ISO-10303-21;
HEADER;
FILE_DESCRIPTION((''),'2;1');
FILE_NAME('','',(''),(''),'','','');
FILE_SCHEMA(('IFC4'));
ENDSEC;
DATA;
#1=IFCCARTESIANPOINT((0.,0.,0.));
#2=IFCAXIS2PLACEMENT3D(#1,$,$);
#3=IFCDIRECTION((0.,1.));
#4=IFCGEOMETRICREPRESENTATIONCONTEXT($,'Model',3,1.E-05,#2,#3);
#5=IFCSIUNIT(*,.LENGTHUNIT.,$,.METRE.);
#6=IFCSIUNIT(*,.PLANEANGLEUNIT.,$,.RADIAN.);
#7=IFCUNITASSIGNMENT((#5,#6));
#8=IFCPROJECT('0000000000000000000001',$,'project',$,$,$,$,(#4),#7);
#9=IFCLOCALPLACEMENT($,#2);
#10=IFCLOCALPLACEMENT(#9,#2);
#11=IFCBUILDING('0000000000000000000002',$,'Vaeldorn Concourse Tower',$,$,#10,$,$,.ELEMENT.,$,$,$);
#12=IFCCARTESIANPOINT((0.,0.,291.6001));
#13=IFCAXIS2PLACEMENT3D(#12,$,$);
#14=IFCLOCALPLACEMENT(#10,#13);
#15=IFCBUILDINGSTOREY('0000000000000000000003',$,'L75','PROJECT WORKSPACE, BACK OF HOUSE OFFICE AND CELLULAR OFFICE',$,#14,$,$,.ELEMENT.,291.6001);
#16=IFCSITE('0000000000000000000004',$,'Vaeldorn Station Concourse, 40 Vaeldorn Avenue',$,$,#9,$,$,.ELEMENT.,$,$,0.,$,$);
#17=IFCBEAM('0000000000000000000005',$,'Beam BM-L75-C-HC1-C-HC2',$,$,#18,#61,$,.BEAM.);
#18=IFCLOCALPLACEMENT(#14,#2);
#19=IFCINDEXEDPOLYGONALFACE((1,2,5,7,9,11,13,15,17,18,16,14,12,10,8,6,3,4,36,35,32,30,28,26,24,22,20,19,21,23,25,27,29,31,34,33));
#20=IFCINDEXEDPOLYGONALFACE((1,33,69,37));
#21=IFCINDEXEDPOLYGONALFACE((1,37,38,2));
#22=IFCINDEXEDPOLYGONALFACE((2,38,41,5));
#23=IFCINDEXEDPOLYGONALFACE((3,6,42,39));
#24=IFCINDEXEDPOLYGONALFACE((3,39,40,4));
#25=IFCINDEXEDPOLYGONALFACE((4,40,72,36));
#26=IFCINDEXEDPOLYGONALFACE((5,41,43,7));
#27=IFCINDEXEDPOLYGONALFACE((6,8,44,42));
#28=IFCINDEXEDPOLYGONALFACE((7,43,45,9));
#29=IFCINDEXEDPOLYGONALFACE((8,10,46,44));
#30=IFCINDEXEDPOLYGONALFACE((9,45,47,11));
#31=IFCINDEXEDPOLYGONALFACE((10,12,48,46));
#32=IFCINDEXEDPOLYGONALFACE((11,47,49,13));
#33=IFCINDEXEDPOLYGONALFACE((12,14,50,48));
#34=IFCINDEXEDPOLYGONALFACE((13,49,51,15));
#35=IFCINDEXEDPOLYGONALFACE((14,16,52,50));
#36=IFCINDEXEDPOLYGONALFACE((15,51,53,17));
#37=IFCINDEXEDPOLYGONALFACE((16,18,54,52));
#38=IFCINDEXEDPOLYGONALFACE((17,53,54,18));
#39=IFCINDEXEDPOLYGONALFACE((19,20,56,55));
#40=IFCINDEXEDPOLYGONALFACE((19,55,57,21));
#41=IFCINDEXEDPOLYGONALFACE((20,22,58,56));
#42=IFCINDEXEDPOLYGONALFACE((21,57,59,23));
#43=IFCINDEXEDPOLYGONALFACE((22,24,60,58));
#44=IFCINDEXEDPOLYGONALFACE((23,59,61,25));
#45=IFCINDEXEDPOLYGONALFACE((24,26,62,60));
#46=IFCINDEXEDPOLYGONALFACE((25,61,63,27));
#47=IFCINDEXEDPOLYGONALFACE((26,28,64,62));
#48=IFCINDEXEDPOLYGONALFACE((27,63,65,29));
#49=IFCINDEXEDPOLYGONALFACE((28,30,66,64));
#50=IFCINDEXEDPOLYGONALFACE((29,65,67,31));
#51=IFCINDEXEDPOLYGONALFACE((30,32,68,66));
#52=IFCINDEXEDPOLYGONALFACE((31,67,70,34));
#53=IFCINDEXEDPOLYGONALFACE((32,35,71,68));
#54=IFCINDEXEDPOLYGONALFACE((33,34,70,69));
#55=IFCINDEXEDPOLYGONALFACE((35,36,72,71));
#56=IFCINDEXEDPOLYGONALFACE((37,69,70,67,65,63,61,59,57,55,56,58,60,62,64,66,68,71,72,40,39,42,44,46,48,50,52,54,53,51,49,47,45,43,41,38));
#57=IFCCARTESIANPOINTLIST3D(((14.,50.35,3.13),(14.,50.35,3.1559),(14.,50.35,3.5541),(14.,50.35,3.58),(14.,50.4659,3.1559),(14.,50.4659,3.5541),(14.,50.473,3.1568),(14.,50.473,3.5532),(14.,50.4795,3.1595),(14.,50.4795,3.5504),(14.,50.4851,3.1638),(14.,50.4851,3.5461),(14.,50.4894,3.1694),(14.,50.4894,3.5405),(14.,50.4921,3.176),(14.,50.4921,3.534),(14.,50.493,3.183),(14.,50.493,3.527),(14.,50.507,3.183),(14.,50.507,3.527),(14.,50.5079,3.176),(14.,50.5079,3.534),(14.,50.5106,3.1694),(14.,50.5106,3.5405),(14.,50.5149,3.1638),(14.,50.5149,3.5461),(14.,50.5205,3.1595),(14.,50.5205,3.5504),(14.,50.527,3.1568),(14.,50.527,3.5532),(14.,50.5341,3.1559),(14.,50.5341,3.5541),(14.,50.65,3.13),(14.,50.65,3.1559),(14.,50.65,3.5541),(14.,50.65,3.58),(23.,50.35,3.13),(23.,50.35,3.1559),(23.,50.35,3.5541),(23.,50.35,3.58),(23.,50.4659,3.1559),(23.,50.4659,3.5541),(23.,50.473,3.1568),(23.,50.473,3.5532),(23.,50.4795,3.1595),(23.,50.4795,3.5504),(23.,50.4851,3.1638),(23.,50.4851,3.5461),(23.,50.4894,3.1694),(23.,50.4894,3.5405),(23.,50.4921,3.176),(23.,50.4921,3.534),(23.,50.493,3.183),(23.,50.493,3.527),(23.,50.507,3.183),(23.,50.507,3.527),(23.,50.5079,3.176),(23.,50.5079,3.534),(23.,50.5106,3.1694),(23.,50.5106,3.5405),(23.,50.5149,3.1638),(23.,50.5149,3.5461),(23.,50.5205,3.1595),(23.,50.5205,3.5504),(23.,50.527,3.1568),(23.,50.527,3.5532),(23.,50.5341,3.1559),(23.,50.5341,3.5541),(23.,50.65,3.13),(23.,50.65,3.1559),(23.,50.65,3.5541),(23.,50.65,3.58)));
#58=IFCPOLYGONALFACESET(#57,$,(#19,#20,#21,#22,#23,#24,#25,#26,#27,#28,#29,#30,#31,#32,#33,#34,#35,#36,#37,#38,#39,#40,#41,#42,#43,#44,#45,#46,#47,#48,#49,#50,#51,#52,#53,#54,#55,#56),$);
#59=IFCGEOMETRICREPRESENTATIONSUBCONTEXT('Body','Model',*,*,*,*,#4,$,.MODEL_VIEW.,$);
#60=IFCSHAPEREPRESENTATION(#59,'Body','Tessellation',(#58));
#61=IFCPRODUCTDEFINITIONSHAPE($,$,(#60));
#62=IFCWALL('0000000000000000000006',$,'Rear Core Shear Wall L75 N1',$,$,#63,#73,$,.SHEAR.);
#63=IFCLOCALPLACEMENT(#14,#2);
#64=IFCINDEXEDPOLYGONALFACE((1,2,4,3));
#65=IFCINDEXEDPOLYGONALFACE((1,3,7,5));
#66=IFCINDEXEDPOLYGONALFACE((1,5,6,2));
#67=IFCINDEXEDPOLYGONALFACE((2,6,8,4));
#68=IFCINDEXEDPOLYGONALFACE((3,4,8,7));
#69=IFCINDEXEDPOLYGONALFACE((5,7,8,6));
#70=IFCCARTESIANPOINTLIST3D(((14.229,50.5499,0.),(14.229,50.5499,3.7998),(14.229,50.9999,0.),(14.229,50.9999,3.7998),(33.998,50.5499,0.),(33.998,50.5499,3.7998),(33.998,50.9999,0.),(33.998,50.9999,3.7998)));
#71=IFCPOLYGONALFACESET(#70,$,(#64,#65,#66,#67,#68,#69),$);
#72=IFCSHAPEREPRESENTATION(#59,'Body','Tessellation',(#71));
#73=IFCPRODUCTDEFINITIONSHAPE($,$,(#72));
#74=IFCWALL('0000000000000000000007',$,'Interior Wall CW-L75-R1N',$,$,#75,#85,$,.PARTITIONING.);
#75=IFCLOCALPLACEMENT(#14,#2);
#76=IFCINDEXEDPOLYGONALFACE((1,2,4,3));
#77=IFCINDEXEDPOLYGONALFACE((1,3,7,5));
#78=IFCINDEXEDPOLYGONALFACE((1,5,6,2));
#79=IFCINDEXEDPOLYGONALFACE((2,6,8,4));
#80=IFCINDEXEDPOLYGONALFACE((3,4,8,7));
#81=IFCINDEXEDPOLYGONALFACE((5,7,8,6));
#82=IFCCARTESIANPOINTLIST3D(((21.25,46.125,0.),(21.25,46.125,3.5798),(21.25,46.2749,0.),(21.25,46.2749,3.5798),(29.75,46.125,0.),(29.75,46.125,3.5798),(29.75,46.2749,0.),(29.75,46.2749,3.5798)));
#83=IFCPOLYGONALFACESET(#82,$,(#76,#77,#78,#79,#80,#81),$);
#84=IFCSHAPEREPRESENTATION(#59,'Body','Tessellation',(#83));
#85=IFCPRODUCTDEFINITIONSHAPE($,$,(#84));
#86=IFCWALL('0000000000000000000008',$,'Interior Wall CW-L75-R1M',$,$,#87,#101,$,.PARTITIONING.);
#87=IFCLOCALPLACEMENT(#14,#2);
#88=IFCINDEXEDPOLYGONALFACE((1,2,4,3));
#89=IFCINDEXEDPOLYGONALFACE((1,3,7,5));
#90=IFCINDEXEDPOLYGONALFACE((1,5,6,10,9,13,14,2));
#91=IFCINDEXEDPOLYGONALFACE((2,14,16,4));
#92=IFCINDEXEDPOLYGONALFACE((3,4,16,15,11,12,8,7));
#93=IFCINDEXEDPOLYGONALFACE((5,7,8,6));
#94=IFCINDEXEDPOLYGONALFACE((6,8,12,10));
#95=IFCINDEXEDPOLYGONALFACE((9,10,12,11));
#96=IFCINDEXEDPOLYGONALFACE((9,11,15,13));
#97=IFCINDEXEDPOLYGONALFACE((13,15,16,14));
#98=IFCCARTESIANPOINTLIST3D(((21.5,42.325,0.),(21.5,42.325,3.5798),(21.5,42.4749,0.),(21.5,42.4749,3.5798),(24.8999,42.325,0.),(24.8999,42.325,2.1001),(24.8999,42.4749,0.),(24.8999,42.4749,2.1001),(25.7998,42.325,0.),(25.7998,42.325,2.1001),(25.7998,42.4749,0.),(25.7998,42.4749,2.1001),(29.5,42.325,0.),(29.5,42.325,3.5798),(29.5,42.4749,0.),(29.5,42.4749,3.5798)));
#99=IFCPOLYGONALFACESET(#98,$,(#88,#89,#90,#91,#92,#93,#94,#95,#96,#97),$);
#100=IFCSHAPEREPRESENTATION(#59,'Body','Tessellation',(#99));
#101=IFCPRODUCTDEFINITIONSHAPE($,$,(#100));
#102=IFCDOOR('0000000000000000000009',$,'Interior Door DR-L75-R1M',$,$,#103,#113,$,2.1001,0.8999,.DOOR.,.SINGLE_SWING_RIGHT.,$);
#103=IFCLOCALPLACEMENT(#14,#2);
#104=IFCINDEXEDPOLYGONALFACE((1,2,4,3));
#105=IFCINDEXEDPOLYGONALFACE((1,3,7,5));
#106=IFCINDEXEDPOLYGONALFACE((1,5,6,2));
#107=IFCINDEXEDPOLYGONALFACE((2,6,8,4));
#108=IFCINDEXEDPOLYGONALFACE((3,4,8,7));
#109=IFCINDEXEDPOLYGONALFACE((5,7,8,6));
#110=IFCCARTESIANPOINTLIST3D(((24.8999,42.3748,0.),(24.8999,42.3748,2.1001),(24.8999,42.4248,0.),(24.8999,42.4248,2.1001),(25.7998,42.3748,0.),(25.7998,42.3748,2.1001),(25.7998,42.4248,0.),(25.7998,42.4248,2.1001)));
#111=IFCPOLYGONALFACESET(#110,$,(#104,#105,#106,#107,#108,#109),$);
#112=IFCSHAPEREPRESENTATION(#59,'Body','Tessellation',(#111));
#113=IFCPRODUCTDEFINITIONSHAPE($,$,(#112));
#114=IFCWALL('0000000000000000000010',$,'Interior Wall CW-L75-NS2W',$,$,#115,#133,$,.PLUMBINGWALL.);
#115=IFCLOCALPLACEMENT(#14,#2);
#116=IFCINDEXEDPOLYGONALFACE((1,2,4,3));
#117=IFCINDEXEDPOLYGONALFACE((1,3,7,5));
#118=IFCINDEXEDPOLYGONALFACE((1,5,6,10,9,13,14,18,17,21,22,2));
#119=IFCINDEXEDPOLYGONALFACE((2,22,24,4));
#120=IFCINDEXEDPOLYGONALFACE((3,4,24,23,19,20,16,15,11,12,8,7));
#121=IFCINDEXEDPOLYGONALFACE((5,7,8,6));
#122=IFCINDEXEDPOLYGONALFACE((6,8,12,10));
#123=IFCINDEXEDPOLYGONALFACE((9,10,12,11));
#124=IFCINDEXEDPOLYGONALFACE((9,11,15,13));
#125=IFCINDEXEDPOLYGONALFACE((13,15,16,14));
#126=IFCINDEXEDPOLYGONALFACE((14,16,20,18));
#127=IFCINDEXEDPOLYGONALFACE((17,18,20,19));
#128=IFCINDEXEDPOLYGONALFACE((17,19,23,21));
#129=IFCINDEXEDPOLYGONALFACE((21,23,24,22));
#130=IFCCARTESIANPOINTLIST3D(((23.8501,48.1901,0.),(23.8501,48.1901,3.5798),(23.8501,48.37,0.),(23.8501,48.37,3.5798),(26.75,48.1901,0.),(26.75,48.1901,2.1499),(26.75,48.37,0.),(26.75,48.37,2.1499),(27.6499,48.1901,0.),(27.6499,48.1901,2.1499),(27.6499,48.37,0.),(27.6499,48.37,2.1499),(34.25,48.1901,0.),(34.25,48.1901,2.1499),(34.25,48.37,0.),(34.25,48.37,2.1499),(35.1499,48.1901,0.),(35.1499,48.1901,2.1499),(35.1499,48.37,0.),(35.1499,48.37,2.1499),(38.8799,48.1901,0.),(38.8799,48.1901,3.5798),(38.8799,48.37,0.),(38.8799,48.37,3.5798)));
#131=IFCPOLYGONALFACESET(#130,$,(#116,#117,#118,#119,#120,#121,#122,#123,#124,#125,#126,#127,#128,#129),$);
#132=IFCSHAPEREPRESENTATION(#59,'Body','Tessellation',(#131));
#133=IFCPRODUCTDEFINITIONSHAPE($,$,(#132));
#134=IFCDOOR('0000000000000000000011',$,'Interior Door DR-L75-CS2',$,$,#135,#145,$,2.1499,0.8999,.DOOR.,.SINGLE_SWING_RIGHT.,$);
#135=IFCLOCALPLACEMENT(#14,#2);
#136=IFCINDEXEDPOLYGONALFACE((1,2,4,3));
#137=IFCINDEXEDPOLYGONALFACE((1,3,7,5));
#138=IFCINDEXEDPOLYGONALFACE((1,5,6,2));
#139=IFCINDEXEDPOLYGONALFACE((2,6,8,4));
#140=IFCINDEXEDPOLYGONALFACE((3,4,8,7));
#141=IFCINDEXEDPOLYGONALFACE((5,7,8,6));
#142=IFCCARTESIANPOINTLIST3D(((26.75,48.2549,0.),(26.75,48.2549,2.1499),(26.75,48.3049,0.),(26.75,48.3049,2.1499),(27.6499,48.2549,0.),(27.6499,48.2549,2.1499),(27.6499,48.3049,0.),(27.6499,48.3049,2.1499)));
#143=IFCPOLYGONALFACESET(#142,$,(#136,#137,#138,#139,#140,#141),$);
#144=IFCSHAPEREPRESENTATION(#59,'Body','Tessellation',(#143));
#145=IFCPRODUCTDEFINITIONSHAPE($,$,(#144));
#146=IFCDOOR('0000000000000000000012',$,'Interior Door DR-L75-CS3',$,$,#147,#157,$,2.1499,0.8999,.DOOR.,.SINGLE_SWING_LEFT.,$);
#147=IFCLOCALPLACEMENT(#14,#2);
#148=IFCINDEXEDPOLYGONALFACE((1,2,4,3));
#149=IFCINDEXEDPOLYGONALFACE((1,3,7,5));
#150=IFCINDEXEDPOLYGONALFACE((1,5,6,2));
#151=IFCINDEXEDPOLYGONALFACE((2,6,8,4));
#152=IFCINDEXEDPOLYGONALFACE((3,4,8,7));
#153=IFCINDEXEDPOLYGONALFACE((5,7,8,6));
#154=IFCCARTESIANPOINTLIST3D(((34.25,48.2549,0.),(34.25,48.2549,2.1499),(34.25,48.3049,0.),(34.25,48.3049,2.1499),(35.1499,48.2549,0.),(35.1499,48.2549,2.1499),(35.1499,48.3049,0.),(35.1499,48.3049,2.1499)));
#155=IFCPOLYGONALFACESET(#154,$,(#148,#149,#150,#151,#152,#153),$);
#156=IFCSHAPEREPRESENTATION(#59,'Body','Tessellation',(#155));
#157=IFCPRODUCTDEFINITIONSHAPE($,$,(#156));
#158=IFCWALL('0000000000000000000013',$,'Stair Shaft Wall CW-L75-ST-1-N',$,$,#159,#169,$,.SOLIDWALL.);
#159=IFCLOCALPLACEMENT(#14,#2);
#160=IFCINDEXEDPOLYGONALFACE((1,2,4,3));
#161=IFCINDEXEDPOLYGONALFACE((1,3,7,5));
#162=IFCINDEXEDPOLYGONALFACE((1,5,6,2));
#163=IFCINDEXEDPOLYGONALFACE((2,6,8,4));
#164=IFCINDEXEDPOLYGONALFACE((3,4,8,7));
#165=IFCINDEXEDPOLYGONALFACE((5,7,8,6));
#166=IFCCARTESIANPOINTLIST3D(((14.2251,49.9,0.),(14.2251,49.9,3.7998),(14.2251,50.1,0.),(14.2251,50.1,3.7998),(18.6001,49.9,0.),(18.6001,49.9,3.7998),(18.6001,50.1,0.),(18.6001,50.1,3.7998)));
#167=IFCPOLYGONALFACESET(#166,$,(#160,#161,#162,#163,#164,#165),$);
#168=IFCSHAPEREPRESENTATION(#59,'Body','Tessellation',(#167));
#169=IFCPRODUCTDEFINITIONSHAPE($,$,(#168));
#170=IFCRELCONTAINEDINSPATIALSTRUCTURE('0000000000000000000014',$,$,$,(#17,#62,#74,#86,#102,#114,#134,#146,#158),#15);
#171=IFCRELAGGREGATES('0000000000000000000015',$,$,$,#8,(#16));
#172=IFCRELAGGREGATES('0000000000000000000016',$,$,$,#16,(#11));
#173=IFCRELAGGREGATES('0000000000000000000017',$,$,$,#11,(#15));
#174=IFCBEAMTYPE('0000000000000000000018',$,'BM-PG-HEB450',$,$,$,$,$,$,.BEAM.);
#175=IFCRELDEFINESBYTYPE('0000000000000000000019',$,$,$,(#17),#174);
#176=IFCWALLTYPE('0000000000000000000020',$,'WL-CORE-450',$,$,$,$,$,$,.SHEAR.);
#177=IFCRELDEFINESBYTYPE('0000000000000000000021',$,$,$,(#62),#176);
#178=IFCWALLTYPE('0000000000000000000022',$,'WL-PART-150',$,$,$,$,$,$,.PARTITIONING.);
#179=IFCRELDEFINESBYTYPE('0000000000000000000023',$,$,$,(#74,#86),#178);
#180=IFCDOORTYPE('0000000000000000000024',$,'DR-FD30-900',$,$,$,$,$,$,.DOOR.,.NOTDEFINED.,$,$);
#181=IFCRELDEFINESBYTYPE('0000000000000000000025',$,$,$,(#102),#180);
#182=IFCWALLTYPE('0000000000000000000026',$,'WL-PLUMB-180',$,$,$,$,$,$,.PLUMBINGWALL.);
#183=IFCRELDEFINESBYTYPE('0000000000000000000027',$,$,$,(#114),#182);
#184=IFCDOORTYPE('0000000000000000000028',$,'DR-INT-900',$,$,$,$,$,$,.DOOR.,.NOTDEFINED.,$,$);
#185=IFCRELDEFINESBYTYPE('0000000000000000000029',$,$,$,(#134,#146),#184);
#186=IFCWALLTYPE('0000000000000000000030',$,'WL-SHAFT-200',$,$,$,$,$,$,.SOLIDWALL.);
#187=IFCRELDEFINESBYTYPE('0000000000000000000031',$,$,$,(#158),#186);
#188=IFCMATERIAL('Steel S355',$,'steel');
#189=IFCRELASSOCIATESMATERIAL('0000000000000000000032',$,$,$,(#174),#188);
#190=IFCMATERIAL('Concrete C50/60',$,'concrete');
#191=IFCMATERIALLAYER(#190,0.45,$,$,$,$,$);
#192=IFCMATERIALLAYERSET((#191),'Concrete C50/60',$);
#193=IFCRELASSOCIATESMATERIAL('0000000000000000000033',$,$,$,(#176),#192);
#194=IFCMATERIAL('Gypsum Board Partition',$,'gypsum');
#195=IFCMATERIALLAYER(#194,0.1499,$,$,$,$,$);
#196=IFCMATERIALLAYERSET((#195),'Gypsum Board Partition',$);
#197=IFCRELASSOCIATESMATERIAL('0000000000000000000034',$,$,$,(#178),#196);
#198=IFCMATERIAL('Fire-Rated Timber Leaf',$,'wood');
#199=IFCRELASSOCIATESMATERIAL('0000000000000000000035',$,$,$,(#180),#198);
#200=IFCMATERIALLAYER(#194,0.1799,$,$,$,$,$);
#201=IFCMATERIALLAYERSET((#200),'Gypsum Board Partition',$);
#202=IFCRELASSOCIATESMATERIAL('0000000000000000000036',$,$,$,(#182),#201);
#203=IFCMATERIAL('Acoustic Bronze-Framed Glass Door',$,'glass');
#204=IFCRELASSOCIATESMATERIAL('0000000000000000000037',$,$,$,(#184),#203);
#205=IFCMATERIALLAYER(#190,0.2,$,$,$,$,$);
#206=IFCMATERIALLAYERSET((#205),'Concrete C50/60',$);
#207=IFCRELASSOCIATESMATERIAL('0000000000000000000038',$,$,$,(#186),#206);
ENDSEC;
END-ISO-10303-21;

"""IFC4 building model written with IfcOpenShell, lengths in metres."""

from ifc_helpers import new_model, si_unit, direction, frame, frame_2d, origin, origin_2d, place, context, subcontext, project, spatial, rectangle, i_section, extrude, source, transform, mapped, material, layer, layer_set, material_profile, profile_set, type_object, element, fill, save


model = new_model("IFC4")

# Units and contexts
model_context = context("Model", 3, precision=1e-05, world=origin(), true_north=direction((0.0, 1.0)))
body_context = subcontext(model_context, "Body", "Model", "MODEL_VIEW")
ifc_project = project(units=[si_unit("LENGTHUNIT", "METRE"), si_unit("PLANEANGLEUNIT", "RADIAN")], contexts=[model_context])

# Site, building, storey
site_placement = place(None, origin())
site = spatial("IfcSite", under=ifc_project, at=site_placement, Name="Vaeldorn Station Concourse, 40 Vaeldorn Avenue", CompositionType="ELEMENT", RefElevation=0.0)
building_placement = place(site_placement, origin())
building = spatial("IfcBuilding", under=site, at=building_placement, Name="Vaeldorn Concourse Tower", CompositionType="ELEMENT")
storey_placement = place(building_placement, frame((0.0, 0.0, 291.6001)))
storey = spatial("IfcBuildingStorey", under=building, at=storey_placement, Name="L75", Description="PROJECT WORKSPACE, BACK OF HOUSE OFFICE AND CELLULAR OFFICE", CompositionType="ELEMENT", Elevation=291.6001)

# Shared definitions
ifc_material_1 = material(Name="Steel S355", Category="steel")

# Beam
ifc_material_profile_1 = material_profile(ifc_material_1, i_section(OverallWidth=0.3, OverallDepth=0.45, WebThickness=0.0139, FlangeThickness=0.0259, FilletRadius=0.0271, at=origin_2d()), Name="HEB 450")
ifc_profile_set_1 = profile_set([ifc_material_profile_1], Name="Steel S355")
beam_type_1 = type_object("IfcBeamType", Name="BM-PG-HEB450", PredefinedType="BEAM", material=ifc_profile_set_1)
shared_shape_1 = source(origin(), body_context, "Body", "SweptSolid", [
    extrude(i_section(OverallWidth=0.3, OverallDepth=0.45, WebThickness=0.0139, FlangeThickness=0.0259, FilletRadius=0.0271, at=origin_2d()), origin(), (0.0, 0.0, 1.0), 9.0),
])
beam_1_placement = place(storey_placement, frame((14.0, 50.5, 3.355), z_axis=(1.0, 0.0, 0.0), x_axis=(0.0, 1.0, 0.0)))
element("IfcBeam", 1, at=beam_1_placement, inside=storey, type_object=beam_type_1, Name="Beam BM-L75-C-HC1-C-HC2", PredefinedType="BEAM", context=body_context, shape_type="MappedRepresentation", body=[
    mapped(shared_shape_1, transform((0.0, 0.0, 0.0), scale=1.0)),
])

# Walls
ifc_material_2 = material(Name="Concrete C50/60", Category="concrete")
ifc_layer_1 = layer(ifc_material_2, 0.45)
ifc_layer_set_1 = layer_set([ifc_layer_1], Name="Concrete C50/60")
wall_type_1 = type_object("IfcWallType", Name="WL-CORE-450", PredefinedType="SHEAR", material=ifc_layer_set_1)
wall_1_placement = place(storey_placement, frame((14.229, 50.7749, 0.0), z_axis=(0.0, 0.0, 1.0), x_axis=(1.0, 0.0, 0.0)))
element("IfcWall", 2, at=wall_1_placement, inside=storey, type_object=wall_type_1, Name="Rear Core Shear Wall L75 N1", PredefinedType="SHEAR", context=body_context, shape_type="SweptSolid", body=[
    extrude(rectangle(XDim=19.769, YDim=0.45, at=frame_2d((9.8845, 0.0))), origin(), (0.0, 0.0, 1.0), 3.7998),
])
ifc_material_3 = material(Name="Gypsum Board Partition", Category="gypsum")
ifc_layer_2 = layer(ifc_material_3, 0.1499)
ifc_layer_set_2 = layer_set([ifc_layer_2], Name="Gypsum Board Partition")
wall_type_2 = type_object("IfcWallType", Name="WL-PART-150", PredefinedType="PARTITIONING", material=ifc_layer_set_2)
wall_2_placement = place(storey_placement, frame((21.25, 46.2, 0.0), z_axis=(0.0, 0.0, 1.0), x_axis=(1.0, 0.0, 0.0)))
element("IfcWall", 3, at=wall_2_placement, inside=storey, type_object=wall_type_2, Name="Interior Wall CW-L75-R1N", PredefinedType="PARTITIONING", context=body_context, shape_type="SweptSolid", body=[
    extrude(rectangle(XDim=8.5, YDim=0.1499, at=frame_2d((4.25, 0.0))), origin(), (0.0, 0.0, 1.0), 3.5798),
])

# Wall, opening, door
wall_3_placement = place(storey_placement, frame((21.5, 42.3999, 0.0), z_axis=(0.0, 0.0, 1.0), x_axis=(1.0, 0.0, 0.0)))
wall_3 = element("IfcWall", 4, at=wall_3_placement, inside=storey, type_object=wall_type_2, Name="Interior Wall CW-L75-R1M", PredefinedType="PARTITIONING", context=body_context, shape_type="SweptSolid", body=[
    extrude(rectangle(XDim=8.0, YDim=0.1499, at=frame_2d((4.0, 0.0))), origin(), (0.0, 0.0, 1.0), 3.5798),
])
opening_1_placement = place(wall_3_placement, frame((3.3999, 0.0, 0.0)))
opening_1 = element("IfcOpeningElement", 5, at=opening_1_placement, cuts=wall_3, PredefinedType="OPENING", context=body_context, shape_type="SweptSolid", body=[
    extrude(rectangle(XDim=0.8999, YDim=2.1001, at=frame_2d((0.45, 1.05))), frame((0.0, 0.085, 0.0), z_axis=(0.0, -1.0, 0.0), x_axis=(1.0, 0.0, 0.0)), (0.0, 0.0, 1.0), 0.1699),
])
ifc_material_4 = material(Name="Fire-Rated Timber Leaf", Category="wood")
door_type_1 = type_object("IfcDoorType", Name="DR-FD30-900", OperationType="NOTDEFINED", PredefinedType="DOOR", material=ifc_material_4)
shared_shape_2 = source(origin(), body_context, "Body", "SweptSolid", [
    extrude(rectangle(XDim=0.8999, YDim=2.1001, at=frame_2d((0.45, 1.05))), frame((0.0, 0.0249, 0.0), z_axis=(0.0, -1.0, 0.0), x_axis=(1.0, 0.0, 0.0)), (0.0, 0.0, 1.0), 0.05),
])
door_1_placement = place(opening_1_placement, origin())
door_1 = element("IfcDoor", 6, at=door_1_placement, inside=storey, type_object=door_type_1, Name="Interior Door DR-L75-R1M", OperationType="SINGLE_SWING_RIGHT", OverallHeight=2.1001, OverallWidth=0.8999, PredefinedType="DOOR", context=body_context, shape_type="MappedRepresentation", body=[
    mapped(shared_shape_2, transform((0.0, 0.0, 0.0), scale=1.0)),
])
fill(opening_1, door_1)

# Wall, openings, doors
ifc_layer_3 = layer(ifc_material_3, 0.1799)
ifc_layer_set_3 = layer_set([ifc_layer_3], Name="Gypsum Board Partition")
wall_type_3 = type_object("IfcWallType", Name="WL-PLUMB-180", PredefinedType="PLUMBINGWALL", material=ifc_layer_set_3)
wall_4_placement = place(storey_placement, frame((23.8501, 48.28, 0.0), z_axis=(0.0, 0.0, 1.0), x_axis=(1.0, 0.0, 0.0)))
wall_4 = element("IfcWall", 7, at=wall_4_placement, inside=storey, type_object=wall_type_3, Name="Interior Wall CW-L75-NS2W", PredefinedType="PLUMBINGWALL", context=body_context, shape_type="SweptSolid", body=[
    extrude(rectangle(XDim=15.0298, YDim=0.1799, at=frame_2d((7.5149, 0.0))), origin(), (0.0, 0.0, 1.0), 3.5798),
])
opening_2_placement = place(wall_4_placement, frame((2.8999, 0.0, 0.0)))
opening_2 = element("IfcOpeningElement", 8, at=opening_2_placement, cuts=wall_4, PredefinedType="OPENING", context=body_context, shape_type="SweptSolid", body=[
    extrude(rectangle(XDim=0.8999, YDim=2.1499, at=frame_2d((0.45, 1.075))), frame((0.0, 0.1001, 0.0), z_axis=(0.0, -1.0, 0.0), x_axis=(1.0, 0.0, 0.0)), (0.0, 0.0, 1.0), 0.2),
])
opening_3_placement = place(wall_4_placement, frame((10.3999, 0.0, 0.0)))
opening_3 = element("IfcOpeningElement", 9, at=opening_3_placement, cuts=wall_4, PredefinedType="OPENING", context=body_context, shape_type="SweptSolid", body=[
    extrude(rectangle(XDim=0.8999, YDim=2.1499, at=frame_2d((0.45, 1.075))), frame((0.0, 0.1001, 0.0), z_axis=(0.0, -1.0, 0.0), x_axis=(1.0, 0.0, 0.0)), (0.0, 0.0, 1.0), 0.2),
])
ifc_material_5 = material(Name="Acoustic Bronze-Framed Glass Door", Category="glass")
door_type_2 = type_object("IfcDoorType", Name="DR-INT-900", OperationType="NOTDEFINED", PredefinedType="DOOR", material=ifc_material_5)
shared_shape_3 = source(origin(), body_context, "Body", "SweptSolid", [
    extrude(rectangle(XDim=0.8999, YDim=2.1499, at=frame_2d((0.45, 1.075))), frame((0.0, 0.0249, 0.0), z_axis=(0.0, -1.0, 0.0), x_axis=(1.0, 0.0, 0.0)), (0.0, 0.0, 1.0), 0.05),
])
door_2_placement = place(opening_2_placement, origin())
door_2 = element("IfcDoor", 10, at=door_2_placement, inside=storey, type_object=door_type_2, Name="Interior Door DR-L75-CS2", OperationType="SINGLE_SWING_RIGHT", OverallHeight=2.1499, OverallWidth=0.8999, PredefinedType="DOOR", context=body_context, shape_type="MappedRepresentation", body=[
    mapped(shared_shape_3, transform((0.0, 0.0, 0.0), scale=1.0)),
])
fill(opening_2, door_2)
door_3_placement = place(opening_3_placement, origin())
door_3 = element("IfcDoor", 11, at=door_3_placement, inside=storey, type_object=door_type_2, Name="Interior Door DR-L75-CS3", OperationType="SINGLE_SWING_LEFT", OverallHeight=2.1499, OverallWidth=0.8999, PredefinedType="DOOR", context=body_context, shape_type="MappedRepresentation", body=[
    mapped(shared_shape_3, transform((0.0, 0.0, 0.0), scale=1.0)),
])
fill(opening_3, door_3)

# Wall
ifc_layer_4 = layer(ifc_material_2, 0.2)
ifc_layer_set_4 = layer_set([ifc_layer_4], Name="Concrete C50/60")
wall_type_4 = type_object("IfcWallType", Name="WL-SHAFT-200", PredefinedType="SOLIDWALL", material=ifc_layer_set_4)
wall_5_placement = place(storey_placement, frame((14.2251, 50.0, 0.0), z_axis=(0.0, 0.0, 1.0), x_axis=(1.0, 0.0, 0.0)))
element("IfcWall", 12, at=wall_5_placement, inside=storey, type_object=wall_type_4, Name="Stair Shaft Wall CW-L75-ST-1-N", PredefinedType="SOLIDWALL", context=body_context, shape_type="SweptSolid", body=[
    extrude(rectangle(XDim=4.375, YDim=0.2, at=frame_2d((2.1875, 0.0))), origin(), (0.0, 0.0, 1.0), 3.7998),
])

save(model, "model.ifc")
